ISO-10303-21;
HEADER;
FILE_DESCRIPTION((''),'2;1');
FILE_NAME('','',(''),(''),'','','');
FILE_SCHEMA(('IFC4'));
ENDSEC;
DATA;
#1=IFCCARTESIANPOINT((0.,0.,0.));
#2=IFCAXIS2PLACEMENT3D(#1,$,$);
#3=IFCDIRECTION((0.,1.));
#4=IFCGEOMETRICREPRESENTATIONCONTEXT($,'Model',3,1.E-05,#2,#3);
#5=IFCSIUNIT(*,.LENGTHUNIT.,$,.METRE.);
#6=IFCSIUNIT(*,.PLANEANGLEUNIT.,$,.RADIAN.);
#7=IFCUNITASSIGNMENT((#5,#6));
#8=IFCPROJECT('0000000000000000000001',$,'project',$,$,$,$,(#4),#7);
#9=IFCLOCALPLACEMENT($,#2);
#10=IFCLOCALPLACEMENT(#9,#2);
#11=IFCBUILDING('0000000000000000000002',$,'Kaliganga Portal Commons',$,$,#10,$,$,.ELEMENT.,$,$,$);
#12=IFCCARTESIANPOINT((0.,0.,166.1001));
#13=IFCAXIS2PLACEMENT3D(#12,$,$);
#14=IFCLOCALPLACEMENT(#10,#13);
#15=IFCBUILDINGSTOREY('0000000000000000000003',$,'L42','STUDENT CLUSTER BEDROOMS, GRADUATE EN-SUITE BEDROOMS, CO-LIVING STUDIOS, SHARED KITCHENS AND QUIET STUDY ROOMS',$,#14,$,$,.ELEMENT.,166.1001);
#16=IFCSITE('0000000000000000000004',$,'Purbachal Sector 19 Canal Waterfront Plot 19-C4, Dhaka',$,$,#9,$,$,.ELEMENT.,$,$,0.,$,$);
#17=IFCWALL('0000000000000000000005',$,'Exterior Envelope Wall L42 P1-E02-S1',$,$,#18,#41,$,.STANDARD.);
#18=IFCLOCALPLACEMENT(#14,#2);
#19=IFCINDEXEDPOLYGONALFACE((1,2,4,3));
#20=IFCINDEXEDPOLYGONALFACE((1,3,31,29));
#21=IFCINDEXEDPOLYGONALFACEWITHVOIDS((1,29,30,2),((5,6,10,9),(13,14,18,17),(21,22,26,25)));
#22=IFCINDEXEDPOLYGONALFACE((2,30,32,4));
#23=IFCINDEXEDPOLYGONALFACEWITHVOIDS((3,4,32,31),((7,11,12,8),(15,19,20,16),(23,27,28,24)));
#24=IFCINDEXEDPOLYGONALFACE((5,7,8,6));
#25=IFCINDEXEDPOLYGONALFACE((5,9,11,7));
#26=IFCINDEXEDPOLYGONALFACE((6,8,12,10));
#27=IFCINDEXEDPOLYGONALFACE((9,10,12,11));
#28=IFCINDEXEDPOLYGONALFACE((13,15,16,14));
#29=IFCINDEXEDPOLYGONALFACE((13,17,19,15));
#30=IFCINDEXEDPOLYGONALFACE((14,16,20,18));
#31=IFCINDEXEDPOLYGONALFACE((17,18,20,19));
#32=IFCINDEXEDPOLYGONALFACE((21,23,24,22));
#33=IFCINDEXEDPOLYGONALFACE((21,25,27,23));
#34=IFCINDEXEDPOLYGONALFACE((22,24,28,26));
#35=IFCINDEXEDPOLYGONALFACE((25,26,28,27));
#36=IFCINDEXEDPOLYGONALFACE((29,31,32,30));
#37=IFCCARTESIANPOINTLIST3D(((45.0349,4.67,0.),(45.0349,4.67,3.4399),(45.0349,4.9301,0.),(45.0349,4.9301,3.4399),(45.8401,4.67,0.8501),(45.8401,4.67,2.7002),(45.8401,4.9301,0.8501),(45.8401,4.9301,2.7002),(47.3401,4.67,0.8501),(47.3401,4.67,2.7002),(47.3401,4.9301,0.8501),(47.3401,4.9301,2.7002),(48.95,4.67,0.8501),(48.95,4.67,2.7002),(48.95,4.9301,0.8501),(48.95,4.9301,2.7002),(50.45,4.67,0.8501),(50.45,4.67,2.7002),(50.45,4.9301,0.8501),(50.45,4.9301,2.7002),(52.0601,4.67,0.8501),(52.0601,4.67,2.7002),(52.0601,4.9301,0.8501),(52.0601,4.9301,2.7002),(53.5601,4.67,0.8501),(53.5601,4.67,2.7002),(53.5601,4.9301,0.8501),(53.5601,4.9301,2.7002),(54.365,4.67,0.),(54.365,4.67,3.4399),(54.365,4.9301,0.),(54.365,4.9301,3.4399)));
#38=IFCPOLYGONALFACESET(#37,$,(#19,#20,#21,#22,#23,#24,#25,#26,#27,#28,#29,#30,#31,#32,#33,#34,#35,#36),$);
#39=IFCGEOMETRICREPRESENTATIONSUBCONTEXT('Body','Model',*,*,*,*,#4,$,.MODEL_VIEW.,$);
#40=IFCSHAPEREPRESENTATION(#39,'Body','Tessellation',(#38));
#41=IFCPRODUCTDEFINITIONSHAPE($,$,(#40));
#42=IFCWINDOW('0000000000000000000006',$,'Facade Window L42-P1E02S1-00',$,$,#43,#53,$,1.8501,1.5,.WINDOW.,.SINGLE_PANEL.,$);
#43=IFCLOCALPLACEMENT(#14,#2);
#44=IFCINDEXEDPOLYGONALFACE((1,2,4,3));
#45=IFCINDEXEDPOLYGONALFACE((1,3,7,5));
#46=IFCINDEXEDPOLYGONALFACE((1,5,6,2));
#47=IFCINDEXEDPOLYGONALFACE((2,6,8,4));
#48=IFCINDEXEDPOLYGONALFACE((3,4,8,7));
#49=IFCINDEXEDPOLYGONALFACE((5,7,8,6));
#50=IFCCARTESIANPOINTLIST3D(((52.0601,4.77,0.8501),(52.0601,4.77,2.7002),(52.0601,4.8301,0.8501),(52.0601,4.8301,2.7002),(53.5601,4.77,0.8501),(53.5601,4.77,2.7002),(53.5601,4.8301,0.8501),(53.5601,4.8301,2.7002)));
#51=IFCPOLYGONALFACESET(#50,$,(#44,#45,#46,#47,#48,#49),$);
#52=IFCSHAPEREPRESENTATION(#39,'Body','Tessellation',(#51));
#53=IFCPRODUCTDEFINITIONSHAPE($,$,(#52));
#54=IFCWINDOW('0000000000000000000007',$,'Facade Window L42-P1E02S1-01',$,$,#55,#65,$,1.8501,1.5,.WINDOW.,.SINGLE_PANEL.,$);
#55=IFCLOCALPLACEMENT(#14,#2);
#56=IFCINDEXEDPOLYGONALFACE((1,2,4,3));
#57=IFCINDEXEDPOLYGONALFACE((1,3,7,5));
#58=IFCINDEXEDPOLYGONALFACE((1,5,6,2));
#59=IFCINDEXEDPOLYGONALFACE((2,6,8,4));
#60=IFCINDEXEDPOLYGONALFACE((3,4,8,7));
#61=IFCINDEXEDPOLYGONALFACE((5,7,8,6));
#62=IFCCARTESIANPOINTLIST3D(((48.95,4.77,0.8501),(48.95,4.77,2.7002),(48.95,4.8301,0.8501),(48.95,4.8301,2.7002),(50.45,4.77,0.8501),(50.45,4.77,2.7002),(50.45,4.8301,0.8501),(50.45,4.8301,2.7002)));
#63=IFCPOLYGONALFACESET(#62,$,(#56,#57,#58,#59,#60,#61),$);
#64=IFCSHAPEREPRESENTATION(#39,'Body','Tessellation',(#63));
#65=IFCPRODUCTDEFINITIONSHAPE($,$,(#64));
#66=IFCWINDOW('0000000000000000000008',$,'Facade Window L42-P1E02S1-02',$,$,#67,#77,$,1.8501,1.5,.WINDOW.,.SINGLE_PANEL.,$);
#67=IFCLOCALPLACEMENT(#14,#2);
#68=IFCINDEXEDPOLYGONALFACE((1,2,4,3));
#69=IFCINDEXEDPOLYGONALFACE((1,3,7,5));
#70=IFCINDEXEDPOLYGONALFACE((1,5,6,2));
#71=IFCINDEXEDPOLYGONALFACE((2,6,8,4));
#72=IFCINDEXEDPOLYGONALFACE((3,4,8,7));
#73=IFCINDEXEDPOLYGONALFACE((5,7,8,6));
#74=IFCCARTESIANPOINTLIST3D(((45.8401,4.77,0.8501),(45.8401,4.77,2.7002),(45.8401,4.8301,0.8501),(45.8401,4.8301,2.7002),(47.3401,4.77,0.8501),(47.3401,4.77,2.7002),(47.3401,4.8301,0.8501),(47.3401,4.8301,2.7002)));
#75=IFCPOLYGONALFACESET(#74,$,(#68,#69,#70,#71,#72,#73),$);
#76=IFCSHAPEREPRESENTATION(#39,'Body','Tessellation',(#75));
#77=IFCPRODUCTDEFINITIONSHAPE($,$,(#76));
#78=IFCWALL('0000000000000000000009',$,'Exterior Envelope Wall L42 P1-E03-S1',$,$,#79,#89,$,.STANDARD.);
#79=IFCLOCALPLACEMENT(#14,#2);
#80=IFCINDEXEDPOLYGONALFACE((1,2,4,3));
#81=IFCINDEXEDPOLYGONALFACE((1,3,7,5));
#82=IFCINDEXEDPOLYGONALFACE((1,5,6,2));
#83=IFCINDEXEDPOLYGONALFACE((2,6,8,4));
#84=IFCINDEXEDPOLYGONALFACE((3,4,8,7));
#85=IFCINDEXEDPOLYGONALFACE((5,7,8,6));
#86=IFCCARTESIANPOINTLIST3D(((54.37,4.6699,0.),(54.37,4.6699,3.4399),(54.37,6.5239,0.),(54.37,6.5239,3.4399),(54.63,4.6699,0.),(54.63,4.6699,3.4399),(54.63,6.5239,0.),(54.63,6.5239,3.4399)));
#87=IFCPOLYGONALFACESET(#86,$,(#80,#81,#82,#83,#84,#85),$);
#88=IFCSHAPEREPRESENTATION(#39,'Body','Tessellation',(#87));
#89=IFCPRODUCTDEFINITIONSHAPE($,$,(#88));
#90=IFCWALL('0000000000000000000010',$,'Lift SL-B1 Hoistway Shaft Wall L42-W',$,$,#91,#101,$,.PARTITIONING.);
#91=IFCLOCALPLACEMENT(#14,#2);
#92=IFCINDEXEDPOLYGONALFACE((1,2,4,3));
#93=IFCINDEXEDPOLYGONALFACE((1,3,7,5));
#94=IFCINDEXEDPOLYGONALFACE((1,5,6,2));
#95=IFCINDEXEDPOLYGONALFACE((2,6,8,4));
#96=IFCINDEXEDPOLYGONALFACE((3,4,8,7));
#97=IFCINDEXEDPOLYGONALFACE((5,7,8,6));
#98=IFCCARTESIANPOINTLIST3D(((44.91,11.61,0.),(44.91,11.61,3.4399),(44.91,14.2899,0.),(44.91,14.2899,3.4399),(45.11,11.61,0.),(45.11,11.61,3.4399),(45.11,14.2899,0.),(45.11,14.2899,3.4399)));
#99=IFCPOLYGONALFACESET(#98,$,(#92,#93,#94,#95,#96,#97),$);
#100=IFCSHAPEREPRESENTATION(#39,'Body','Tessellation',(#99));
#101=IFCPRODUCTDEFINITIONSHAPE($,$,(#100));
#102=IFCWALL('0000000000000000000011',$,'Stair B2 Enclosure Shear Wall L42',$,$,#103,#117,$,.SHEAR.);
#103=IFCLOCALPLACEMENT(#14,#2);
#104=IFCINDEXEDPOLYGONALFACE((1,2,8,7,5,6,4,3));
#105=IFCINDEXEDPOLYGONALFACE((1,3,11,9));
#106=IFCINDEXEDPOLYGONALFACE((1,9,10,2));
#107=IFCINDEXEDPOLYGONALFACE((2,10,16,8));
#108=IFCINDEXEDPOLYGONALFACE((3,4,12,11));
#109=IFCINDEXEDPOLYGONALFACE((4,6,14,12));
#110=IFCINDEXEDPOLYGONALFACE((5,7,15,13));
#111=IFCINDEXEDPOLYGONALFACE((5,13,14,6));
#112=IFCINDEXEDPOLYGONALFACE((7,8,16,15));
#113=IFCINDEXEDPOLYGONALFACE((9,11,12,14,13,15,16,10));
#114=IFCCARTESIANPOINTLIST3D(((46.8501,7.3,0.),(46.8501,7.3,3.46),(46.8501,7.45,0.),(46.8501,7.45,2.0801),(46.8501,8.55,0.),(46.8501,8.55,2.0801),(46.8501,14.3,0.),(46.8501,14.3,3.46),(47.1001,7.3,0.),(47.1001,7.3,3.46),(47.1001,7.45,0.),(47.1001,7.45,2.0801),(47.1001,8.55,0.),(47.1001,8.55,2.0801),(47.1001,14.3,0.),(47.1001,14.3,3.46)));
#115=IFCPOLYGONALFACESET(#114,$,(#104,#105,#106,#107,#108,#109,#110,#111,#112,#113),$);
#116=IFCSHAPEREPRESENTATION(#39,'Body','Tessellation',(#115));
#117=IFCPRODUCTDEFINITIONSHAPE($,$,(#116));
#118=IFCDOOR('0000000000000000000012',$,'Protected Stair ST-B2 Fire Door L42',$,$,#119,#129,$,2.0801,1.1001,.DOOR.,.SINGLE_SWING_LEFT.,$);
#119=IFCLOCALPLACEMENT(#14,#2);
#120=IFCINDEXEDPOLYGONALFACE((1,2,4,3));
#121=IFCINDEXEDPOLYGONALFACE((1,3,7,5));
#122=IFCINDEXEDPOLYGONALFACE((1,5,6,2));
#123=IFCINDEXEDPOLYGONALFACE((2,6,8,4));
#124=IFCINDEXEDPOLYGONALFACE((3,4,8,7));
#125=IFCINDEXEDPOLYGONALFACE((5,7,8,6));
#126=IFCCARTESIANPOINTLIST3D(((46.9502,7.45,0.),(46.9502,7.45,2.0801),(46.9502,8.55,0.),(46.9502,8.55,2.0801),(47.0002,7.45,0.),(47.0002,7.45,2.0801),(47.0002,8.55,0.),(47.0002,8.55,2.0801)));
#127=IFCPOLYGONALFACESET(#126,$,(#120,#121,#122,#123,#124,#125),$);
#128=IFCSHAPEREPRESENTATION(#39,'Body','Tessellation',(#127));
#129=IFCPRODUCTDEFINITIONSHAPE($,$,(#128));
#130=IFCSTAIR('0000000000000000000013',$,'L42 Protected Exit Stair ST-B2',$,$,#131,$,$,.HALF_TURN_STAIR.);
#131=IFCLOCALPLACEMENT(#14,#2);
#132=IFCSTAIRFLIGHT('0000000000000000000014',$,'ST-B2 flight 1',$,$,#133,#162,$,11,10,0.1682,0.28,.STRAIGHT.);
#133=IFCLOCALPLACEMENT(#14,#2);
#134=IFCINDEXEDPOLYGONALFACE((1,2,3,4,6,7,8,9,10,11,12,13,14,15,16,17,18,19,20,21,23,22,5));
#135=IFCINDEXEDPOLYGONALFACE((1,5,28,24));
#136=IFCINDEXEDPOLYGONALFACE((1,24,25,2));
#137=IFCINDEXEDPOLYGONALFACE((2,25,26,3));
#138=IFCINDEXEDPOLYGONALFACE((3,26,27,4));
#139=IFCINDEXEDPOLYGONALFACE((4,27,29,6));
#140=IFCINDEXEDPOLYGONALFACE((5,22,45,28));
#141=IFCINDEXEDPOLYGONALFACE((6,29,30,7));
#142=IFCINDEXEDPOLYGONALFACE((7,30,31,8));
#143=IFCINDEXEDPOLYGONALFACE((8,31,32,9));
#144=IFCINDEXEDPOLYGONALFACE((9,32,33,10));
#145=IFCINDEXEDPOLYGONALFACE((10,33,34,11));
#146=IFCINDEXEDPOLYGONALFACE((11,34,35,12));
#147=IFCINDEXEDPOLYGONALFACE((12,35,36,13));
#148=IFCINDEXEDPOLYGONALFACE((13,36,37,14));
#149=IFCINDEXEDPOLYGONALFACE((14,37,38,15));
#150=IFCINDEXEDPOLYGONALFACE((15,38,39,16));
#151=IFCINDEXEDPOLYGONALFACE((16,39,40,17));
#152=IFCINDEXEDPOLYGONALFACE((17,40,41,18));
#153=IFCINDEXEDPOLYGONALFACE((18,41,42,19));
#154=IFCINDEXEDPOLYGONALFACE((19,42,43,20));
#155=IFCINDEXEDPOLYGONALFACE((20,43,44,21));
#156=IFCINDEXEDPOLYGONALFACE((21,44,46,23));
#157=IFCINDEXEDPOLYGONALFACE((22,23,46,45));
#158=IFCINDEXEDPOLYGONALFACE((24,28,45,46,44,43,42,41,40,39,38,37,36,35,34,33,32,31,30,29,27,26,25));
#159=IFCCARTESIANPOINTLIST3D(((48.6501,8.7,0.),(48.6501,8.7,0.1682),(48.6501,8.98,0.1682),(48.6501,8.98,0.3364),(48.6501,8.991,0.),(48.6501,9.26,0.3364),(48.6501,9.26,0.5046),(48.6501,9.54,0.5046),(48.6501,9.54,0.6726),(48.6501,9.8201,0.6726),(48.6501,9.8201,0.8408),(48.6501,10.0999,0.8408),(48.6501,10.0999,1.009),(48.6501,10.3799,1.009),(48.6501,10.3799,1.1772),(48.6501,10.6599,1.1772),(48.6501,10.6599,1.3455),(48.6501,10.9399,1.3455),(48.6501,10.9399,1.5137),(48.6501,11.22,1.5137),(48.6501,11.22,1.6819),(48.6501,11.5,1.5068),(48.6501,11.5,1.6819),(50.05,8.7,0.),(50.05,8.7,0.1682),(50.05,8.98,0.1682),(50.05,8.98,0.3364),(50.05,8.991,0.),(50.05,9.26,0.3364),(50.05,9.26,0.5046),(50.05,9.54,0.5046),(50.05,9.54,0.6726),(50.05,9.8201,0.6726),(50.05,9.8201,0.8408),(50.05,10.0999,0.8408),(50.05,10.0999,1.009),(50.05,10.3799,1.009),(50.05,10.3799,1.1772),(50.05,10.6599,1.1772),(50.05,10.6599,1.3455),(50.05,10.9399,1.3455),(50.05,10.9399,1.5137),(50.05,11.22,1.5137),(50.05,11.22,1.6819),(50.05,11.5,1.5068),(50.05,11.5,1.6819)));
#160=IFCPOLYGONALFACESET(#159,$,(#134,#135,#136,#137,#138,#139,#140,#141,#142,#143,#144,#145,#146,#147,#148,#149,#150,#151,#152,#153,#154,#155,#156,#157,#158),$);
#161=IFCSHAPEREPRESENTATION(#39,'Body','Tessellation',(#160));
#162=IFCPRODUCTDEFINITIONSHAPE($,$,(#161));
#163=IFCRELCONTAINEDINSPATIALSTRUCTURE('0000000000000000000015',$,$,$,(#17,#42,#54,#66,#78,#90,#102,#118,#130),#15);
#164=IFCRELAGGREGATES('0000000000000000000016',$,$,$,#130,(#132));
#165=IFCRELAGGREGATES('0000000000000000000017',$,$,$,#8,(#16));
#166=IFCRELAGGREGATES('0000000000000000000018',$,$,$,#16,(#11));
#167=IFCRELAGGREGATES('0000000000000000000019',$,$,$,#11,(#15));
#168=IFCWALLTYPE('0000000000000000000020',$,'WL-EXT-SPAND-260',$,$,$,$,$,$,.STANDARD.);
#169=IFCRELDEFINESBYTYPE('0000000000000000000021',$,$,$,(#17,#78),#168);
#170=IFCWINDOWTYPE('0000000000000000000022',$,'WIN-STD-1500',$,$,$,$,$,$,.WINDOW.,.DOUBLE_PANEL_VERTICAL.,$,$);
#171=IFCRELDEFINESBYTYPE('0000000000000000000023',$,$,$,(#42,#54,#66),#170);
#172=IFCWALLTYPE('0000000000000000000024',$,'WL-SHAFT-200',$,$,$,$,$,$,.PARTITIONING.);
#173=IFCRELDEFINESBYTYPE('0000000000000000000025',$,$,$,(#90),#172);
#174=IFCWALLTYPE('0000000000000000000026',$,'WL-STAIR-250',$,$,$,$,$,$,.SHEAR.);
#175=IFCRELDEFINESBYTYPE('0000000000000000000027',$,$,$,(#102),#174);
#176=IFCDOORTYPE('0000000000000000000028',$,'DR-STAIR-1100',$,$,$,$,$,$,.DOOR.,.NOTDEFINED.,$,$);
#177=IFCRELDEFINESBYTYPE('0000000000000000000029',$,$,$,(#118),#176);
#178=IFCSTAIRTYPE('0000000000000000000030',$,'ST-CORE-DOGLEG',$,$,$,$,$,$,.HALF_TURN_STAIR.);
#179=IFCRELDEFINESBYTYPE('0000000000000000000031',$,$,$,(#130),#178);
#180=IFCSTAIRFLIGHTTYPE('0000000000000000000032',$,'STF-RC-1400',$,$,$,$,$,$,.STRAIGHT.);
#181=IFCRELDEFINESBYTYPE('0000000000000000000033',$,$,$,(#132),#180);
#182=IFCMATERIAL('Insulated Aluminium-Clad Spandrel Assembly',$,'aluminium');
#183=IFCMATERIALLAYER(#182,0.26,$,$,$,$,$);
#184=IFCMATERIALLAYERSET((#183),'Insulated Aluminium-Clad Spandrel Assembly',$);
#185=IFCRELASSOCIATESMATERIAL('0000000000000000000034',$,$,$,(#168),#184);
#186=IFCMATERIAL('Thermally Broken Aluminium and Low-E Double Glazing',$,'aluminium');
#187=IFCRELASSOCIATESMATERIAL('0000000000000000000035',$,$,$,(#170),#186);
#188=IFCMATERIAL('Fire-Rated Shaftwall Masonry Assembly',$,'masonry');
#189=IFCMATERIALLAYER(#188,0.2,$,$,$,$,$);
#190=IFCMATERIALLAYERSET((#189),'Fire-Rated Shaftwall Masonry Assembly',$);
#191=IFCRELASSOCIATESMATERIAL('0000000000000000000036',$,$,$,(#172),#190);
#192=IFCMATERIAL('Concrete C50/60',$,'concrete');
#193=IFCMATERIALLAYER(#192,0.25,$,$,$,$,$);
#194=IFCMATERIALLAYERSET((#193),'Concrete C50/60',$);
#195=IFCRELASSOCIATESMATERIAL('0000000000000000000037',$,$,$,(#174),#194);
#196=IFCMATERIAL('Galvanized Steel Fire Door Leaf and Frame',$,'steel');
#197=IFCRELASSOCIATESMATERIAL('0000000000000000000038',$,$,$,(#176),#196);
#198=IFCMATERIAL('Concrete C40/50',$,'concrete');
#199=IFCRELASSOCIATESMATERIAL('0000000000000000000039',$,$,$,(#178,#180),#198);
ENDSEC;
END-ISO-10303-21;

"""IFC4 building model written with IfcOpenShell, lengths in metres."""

from ifc_helpers import new_model, si_unit, direction, frame, frame_2d, origin, place, context, subcontext, project, spatial, polyline, rectangle, outline, extrude, material, layer, layer_set, type_object, element, fill, aggregate, save


model = new_model("IFC4")

# Units and contexts
model_context = context("Model", 3, precision=1e-05, world=origin(), true_north=direction((0.0, 1.0)))
body_context = subcontext(model_context, "Body", "Model", "MODEL_VIEW")
ifc_project = project(units=[si_unit("LENGTHUNIT", "METRE"), si_unit("PLANEANGLEUNIT", "RADIAN")], contexts=[model_context])

# Site, building, storey
site_placement = place(None, origin())
site = spatial("IfcSite", under=ifc_project, at=site_placement, Name="Purbachal Sector 19 Canal Waterfront Plot 19-C4, Dhaka", CompositionType="ELEMENT", RefElevation=0.0)
building_placement = place(site_placement, origin())
building = spatial("IfcBuilding", under=site, at=building_placement, Name="Kaliganga Portal Commons", CompositionType="ELEMENT")
storey_placement = place(building_placement, frame((0.0, 0.0, 166.1001)))
storey = spatial("IfcBuildingStorey", under=building, at=storey_placement, Name="L42", Description="STUDENT CLUSTER BEDROOMS, GRADUATE EN-SUITE BEDROOMS, CO-LIVING STUDIOS, SHARED KITCHENS AND QUIET STUDY ROOMS", CompositionType="ELEMENT", Elevation=166.1001)

# Wall, openings, windows
ifc_material_1 = material(Name="Insulated Aluminium-Clad Spandrel Assembly", Category="aluminium")
ifc_layer_1 = layer(ifc_material_1, 0.26)
ifc_layer_set_1 = layer_set([ifc_layer_1], Name="Insulated Aluminium-Clad Spandrel Assembly")
wall_type_1 = type_object("IfcWallType", Name="WL-EXT-SPAND-260", PredefinedType="STANDARD", material=ifc_layer_set_1)
wall_1_placement = place(storey_placement, frame((54.365, 4.8, 0.0), z_axis=(0.0, 0.0, 1.0), x_axis=(-1.0, 0.0, 0.0)))
wall_1 = element("IfcWall", 1, at=wall_1_placement, inside=storey, type_object=wall_type_1, Name="Exterior Envelope Wall L42 P1-E02-S1", PredefinedType="STANDARD", context=body_context, shape_type="SweptSolid", body=[
    extrude(rectangle(XDim=9.3301, YDim=0.26, at=frame_2d((4.665, 0.0))), origin(), (0.0, 0.0, 1.0), 3.4399),
])
opening_1_placement = place(wall_1_placement, frame((0.8049, 0.0, 0.8501)))
opening_1 = element("IfcOpeningElement", 2, at=opening_1_placement, cuts=wall_1, PredefinedType="OPENING", context=body_context, shape_type="SweptSolid", body=[
    extrude(rectangle(XDim=1.5, YDim=1.8501, at=frame_2d((0.75, 0.925))), frame((0.0, 0.1401, 0.0), z_axis=(0.0, -1.0, 0.0), x_axis=(1.0, 0.0, 0.0)), (0.0, 0.0, 1.0), 0.28),
])
opening_2_placement = place(wall_1_placement, frame((3.915, 0.0, 0.8501)))
opening_2 = element("IfcOpeningElement", 3, at=opening_2_placement, cuts=wall_1, PredefinedType="OPENING", context=body_context, shape_type="SweptSolid", body=[
    extrude(rectangle(XDim=1.5, YDim=1.8501, at=frame_2d((0.75, 0.925))), frame((0.0, 0.1401, 0.0), z_axis=(0.0, -1.0, 0.0), x_axis=(1.0, 0.0, 0.0)), (0.0, 0.0, 1.0), 0.28),
])
opening_3_placement = place(wall_1_placement, frame((7.0249, 0.0, 0.8501)))
opening_3 = element("IfcOpeningElement", 4, at=opening_3_placement, cuts=wall_1, PredefinedType="OPENING", context=body_context, shape_type="SweptSolid", body=[
    extrude(rectangle(XDim=1.5, YDim=1.8501, at=frame_2d((0.75, 0.925))), frame((0.0, 0.1401, 0.0), z_axis=(0.0, -1.0, 0.0), x_axis=(1.0, 0.0, 0.0)), (0.0, 0.0, 1.0), 0.28),
])
ifc_material_2 = material(Name="Thermally Broken Aluminium and Low-E Double Glazing", Category="aluminium")
window_type = type_object("IfcWindowType", Name="WIN-STD-1500", PartitioningType="DOUBLE_PANEL_VERTICAL", PredefinedType="WINDOW", material=ifc_material_2)
window_1_placement = place(opening_1_placement, origin())
window_1 = element("IfcWindow", 5, at=window_1_placement, inside=storey, type_object=window_type, Name="Facade Window L42-P1E02S1-00", OverallHeight=1.8501, OverallWidth=1.5, PartitioningType="SINGLE_PANEL", PredefinedType="WINDOW", context=body_context, shape_type="SweptSolid", body=[
    extrude(rectangle(XDim=1.5, YDim=1.8501, at=frame_2d((0.75, 0.925))), frame((0.0, 0.03, 0.0), z_axis=(0.0, -1.0, 0.0), x_axis=(1.0, 0.0, 0.0)), (0.0, 0.0, 1.0), 0.0601),
])
fill(opening_1, window_1)
window_2_placement = place(opening_2_placement, origin())
window_2 = element("IfcWindow", 6, at=window_2_placement, inside=storey, type_object=window_type, Name="Facade Window L42-P1E02S1-01", OverallHeight=1.8501, OverallWidth=1.5, PartitioningType="SINGLE_PANEL", PredefinedType="WINDOW", context=body_context, shape_type="SweptSolid", body=[
    extrude(rectangle(XDim=1.5, YDim=1.8501, at=frame_2d((0.75, 0.925))), frame((0.0, 0.03, 0.0), z_axis=(0.0, -1.0, 0.0), x_axis=(1.0, 0.0, 0.0)), (0.0, 0.0, 1.0), 0.0601),
])
fill(opening_2, window_2)
window_3_placement = place(opening_3_placement, origin())
window_3 = element("IfcWindow", 7, at=window_3_placement, inside=storey, type_object=window_type, Name="Facade Window L42-P1E02S1-02", OverallHeight=1.8501, OverallWidth=1.5, PartitioningType="SINGLE_PANEL", PredefinedType="WINDOW", context=body_context, shape_type="SweptSolid", body=[
    extrude(rectangle(XDim=1.5, YDim=1.8501, at=frame_2d((0.75, 0.925))), frame((0.0, 0.03, 0.0), z_axis=(0.0, -1.0, 0.0), x_axis=(1.0, 0.0, 0.0)), (0.0, 0.0, 1.0), 0.0601),
])
fill(opening_3, window_3)

# Walls
wall_2_placement = place(storey_placement, frame((54.5, 6.5239, 0.0), z_axis=(0.0, 0.0, 1.0), x_axis=(0.0, -1.0, 0.0)))
element("IfcWall", 8, at=wall_2_placement, inside=storey, type_object=wall_type_1, Name="Exterior Envelope Wall L42 P1-E03-S1", PredefinedType="STANDARD", context=body_context, shape_type="SweptSolid", body=[
    extrude(rectangle(XDim=1.854, YDim=0.26, at=frame_2d((0.927, 0.0))), origin(), (0.0, 0.0, 1.0), 3.4399),
])
ifc_material_3 = material(Name="Fire-Rated Shaftwall Masonry Assembly", Category="masonry")
ifc_layer_2 = layer(ifc_material_3, 0.2)
ifc_layer_set_2 = layer_set([ifc_layer_2], Name="Fire-Rated Shaftwall Masonry Assembly")
wall_type_2 = type_object("IfcWallType", Name="WL-SHAFT-200", PredefinedType="PARTITIONING", material=ifc_layer_set_2)
wall_3_placement = place(storey_placement, frame((45.01, 11.6101, 0.0), z_axis=(0.0, 0.0, 1.0), x_axis=(0.0, 1.0, 0.0)))
element("IfcWall", 9, at=wall_3_placement, inside=storey, type_object=wall_type_2, Name="Lift SL-B1 Hoistway Shaft Wall L42-W", PredefinedType="PARTITIONING", context=body_context, shape_type="SweptSolid", body=[
    extrude(rectangle(XDim=2.6799, YDim=0.2, at=frame_2d((1.3398, 0.0))), origin(), (0.0, 0.0, 1.0), 3.4399),
])

# Wall, opening, door
ifc_material_4 = material(Name="Concrete C50/60", Category="concrete")
ifc_layer_3 = layer(ifc_material_4, 0.25)
ifc_layer_set_3 = layer_set([ifc_layer_3], Name="Concrete C50/60")
wall_type_3 = type_object("IfcWallType", Name="WL-STAIR-250", PredefinedType="SHEAR", material=ifc_layer_set_3)
wall_4_placement = place(storey_placement, frame((46.9751, 7.3, 0.0), z_axis=(0.0, 0.0, 1.0), x_axis=(0.0, 1.0, 0.0)))
wall_4 = element("IfcWall", 10, at=wall_4_placement, inside=storey, type_object=wall_type_3, Name="Stair B2 Enclosure Shear Wall L42", PredefinedType="SHEAR", context=body_context, shape_type="SweptSolid", body=[
    extrude(rectangle(XDim=7.0, YDim=0.25, at=frame_2d((3.5, 0.0))), origin(), (0.0, 0.0, 1.0), 3.46),
])
opening_4_placement = place(wall_4_placement, frame((0.1499, 0.0, 0.0)))
opening_4 = element("IfcOpeningElement", 11, at=opening_4_placement, cuts=wall_4, PredefinedType="OPENING", context=body_context, shape_type="SweptSolid", body=[
    extrude(rectangle(XDim=1.1001, YDim=2.0801, at=frame_2d((0.55, 1.04))), frame((0.0, 0.135, 0.0), z_axis=(0.0, -1.0, 0.0), x_axis=(1.0, 0.0, 0.0)), (0.0, 0.0, 1.0), 0.27),
])
ifc_material_5 = material(Name="Galvanized Steel Fire Door Leaf and Frame", Category="steel")
door_type = type_object("IfcDoorType", Name="DR-STAIR-1100", OperationType="NOTDEFINED", PredefinedType="DOOR", material=ifc_material_5)
door_placement = place(opening_4_placement, origin())
door = element("IfcDoor", 12, at=door_placement, inside=storey, type_object=door_type, Name="Protected Stair ST-B2 Fire Door L42", OperationType="SINGLE_SWING_LEFT", OverallHeight=2.0801, OverallWidth=1.1001, PredefinedType="DOOR", context=body_context, shape_type="SweptSolid", body=[
    extrude(rectangle(XDim=1.1001, YDim=2.0801, at=frame_2d((0.55, 1.04))), frame((0.0, 0.0249, 0.0), z_axis=(0.0, -1.0, 0.0), x_axis=(1.0, 0.0, 0.0)), (0.0, 0.0, 1.0), 0.05),
])
fill(opening_4, door)

# Stair, stair flight
ifc_material_6 = material(Name="Concrete C40/50", Category="concrete")
stair_type = type_object("IfcStairType", Name="ST-CORE-DOGLEG", PredefinedType="HALF_TURN_STAIR", material=ifc_material_6)
stair_placement = place(storey_placement, origin())
stair = element("IfcStair", 13, at=stair_placement, inside=storey, type_object=stair_type, Name="L42 Protected Exit Stair ST-B2", PredefinedType="HALF_TURN_STAIR")
stair_flight_type = type_object("IfcStairFlightType", Name="STF-RC-1400", PredefinedType="STRAIGHT", material=ifc_material_6)
stair_flight_1_placement = place(storey_placement, frame((49.3501, 8.7, 0.0), z_axis=(0.0, 0.0, 1.0), x_axis=(0.0, 1.0, 0.0)))
stair_flight_1 = element("IfcStairFlight", 14, at=stair_flight_1_placement, type_object=stair_flight_type, Name="ST-B2 flight 1", NumberOfRisers=11, NumberOfTreads=10, PredefinedType="STRAIGHT", RiserHeight=0.1682, TreadLength=0.28, context=body_context, shape_type="SweptSolid", body=[
    extrude(outline(polyline([(0.0, 0.0), (0.0, 0.1682), (0.28, 0.1682), (0.28, 0.3364), (0.5601, 0.3364), (0.5601, 0.5046), (0.8401, 0.5046), (0.8401, 0.6726), (1.1201, 0.6726), (1.1201, 0.8408), (1.3999, 0.8408), (1.3999, 1.009), (1.6799, 1.009), (1.6799, 1.1772), (1.96, 1.1772), (1.96, 1.3455), (2.24, 1.3455), (2.24, 1.5137), (2.52, 1.5137), (2.52, 1.6819), (2.8, 1.6819), (2.8, 1.8501), (2.8, 1.5068), (0.291, 0.0), (0.0, 0.0)])), frame((0.0, 0.7, 0.0), z_axis=(0.0, -1.0, 0.0), x_axis=(1.0, 0.0, 0.0)), (0.0, 0.0, 1.0), 1.3999),
])
aggregate(stair, [stair_flight_1])

save(model, "model.ifc")
